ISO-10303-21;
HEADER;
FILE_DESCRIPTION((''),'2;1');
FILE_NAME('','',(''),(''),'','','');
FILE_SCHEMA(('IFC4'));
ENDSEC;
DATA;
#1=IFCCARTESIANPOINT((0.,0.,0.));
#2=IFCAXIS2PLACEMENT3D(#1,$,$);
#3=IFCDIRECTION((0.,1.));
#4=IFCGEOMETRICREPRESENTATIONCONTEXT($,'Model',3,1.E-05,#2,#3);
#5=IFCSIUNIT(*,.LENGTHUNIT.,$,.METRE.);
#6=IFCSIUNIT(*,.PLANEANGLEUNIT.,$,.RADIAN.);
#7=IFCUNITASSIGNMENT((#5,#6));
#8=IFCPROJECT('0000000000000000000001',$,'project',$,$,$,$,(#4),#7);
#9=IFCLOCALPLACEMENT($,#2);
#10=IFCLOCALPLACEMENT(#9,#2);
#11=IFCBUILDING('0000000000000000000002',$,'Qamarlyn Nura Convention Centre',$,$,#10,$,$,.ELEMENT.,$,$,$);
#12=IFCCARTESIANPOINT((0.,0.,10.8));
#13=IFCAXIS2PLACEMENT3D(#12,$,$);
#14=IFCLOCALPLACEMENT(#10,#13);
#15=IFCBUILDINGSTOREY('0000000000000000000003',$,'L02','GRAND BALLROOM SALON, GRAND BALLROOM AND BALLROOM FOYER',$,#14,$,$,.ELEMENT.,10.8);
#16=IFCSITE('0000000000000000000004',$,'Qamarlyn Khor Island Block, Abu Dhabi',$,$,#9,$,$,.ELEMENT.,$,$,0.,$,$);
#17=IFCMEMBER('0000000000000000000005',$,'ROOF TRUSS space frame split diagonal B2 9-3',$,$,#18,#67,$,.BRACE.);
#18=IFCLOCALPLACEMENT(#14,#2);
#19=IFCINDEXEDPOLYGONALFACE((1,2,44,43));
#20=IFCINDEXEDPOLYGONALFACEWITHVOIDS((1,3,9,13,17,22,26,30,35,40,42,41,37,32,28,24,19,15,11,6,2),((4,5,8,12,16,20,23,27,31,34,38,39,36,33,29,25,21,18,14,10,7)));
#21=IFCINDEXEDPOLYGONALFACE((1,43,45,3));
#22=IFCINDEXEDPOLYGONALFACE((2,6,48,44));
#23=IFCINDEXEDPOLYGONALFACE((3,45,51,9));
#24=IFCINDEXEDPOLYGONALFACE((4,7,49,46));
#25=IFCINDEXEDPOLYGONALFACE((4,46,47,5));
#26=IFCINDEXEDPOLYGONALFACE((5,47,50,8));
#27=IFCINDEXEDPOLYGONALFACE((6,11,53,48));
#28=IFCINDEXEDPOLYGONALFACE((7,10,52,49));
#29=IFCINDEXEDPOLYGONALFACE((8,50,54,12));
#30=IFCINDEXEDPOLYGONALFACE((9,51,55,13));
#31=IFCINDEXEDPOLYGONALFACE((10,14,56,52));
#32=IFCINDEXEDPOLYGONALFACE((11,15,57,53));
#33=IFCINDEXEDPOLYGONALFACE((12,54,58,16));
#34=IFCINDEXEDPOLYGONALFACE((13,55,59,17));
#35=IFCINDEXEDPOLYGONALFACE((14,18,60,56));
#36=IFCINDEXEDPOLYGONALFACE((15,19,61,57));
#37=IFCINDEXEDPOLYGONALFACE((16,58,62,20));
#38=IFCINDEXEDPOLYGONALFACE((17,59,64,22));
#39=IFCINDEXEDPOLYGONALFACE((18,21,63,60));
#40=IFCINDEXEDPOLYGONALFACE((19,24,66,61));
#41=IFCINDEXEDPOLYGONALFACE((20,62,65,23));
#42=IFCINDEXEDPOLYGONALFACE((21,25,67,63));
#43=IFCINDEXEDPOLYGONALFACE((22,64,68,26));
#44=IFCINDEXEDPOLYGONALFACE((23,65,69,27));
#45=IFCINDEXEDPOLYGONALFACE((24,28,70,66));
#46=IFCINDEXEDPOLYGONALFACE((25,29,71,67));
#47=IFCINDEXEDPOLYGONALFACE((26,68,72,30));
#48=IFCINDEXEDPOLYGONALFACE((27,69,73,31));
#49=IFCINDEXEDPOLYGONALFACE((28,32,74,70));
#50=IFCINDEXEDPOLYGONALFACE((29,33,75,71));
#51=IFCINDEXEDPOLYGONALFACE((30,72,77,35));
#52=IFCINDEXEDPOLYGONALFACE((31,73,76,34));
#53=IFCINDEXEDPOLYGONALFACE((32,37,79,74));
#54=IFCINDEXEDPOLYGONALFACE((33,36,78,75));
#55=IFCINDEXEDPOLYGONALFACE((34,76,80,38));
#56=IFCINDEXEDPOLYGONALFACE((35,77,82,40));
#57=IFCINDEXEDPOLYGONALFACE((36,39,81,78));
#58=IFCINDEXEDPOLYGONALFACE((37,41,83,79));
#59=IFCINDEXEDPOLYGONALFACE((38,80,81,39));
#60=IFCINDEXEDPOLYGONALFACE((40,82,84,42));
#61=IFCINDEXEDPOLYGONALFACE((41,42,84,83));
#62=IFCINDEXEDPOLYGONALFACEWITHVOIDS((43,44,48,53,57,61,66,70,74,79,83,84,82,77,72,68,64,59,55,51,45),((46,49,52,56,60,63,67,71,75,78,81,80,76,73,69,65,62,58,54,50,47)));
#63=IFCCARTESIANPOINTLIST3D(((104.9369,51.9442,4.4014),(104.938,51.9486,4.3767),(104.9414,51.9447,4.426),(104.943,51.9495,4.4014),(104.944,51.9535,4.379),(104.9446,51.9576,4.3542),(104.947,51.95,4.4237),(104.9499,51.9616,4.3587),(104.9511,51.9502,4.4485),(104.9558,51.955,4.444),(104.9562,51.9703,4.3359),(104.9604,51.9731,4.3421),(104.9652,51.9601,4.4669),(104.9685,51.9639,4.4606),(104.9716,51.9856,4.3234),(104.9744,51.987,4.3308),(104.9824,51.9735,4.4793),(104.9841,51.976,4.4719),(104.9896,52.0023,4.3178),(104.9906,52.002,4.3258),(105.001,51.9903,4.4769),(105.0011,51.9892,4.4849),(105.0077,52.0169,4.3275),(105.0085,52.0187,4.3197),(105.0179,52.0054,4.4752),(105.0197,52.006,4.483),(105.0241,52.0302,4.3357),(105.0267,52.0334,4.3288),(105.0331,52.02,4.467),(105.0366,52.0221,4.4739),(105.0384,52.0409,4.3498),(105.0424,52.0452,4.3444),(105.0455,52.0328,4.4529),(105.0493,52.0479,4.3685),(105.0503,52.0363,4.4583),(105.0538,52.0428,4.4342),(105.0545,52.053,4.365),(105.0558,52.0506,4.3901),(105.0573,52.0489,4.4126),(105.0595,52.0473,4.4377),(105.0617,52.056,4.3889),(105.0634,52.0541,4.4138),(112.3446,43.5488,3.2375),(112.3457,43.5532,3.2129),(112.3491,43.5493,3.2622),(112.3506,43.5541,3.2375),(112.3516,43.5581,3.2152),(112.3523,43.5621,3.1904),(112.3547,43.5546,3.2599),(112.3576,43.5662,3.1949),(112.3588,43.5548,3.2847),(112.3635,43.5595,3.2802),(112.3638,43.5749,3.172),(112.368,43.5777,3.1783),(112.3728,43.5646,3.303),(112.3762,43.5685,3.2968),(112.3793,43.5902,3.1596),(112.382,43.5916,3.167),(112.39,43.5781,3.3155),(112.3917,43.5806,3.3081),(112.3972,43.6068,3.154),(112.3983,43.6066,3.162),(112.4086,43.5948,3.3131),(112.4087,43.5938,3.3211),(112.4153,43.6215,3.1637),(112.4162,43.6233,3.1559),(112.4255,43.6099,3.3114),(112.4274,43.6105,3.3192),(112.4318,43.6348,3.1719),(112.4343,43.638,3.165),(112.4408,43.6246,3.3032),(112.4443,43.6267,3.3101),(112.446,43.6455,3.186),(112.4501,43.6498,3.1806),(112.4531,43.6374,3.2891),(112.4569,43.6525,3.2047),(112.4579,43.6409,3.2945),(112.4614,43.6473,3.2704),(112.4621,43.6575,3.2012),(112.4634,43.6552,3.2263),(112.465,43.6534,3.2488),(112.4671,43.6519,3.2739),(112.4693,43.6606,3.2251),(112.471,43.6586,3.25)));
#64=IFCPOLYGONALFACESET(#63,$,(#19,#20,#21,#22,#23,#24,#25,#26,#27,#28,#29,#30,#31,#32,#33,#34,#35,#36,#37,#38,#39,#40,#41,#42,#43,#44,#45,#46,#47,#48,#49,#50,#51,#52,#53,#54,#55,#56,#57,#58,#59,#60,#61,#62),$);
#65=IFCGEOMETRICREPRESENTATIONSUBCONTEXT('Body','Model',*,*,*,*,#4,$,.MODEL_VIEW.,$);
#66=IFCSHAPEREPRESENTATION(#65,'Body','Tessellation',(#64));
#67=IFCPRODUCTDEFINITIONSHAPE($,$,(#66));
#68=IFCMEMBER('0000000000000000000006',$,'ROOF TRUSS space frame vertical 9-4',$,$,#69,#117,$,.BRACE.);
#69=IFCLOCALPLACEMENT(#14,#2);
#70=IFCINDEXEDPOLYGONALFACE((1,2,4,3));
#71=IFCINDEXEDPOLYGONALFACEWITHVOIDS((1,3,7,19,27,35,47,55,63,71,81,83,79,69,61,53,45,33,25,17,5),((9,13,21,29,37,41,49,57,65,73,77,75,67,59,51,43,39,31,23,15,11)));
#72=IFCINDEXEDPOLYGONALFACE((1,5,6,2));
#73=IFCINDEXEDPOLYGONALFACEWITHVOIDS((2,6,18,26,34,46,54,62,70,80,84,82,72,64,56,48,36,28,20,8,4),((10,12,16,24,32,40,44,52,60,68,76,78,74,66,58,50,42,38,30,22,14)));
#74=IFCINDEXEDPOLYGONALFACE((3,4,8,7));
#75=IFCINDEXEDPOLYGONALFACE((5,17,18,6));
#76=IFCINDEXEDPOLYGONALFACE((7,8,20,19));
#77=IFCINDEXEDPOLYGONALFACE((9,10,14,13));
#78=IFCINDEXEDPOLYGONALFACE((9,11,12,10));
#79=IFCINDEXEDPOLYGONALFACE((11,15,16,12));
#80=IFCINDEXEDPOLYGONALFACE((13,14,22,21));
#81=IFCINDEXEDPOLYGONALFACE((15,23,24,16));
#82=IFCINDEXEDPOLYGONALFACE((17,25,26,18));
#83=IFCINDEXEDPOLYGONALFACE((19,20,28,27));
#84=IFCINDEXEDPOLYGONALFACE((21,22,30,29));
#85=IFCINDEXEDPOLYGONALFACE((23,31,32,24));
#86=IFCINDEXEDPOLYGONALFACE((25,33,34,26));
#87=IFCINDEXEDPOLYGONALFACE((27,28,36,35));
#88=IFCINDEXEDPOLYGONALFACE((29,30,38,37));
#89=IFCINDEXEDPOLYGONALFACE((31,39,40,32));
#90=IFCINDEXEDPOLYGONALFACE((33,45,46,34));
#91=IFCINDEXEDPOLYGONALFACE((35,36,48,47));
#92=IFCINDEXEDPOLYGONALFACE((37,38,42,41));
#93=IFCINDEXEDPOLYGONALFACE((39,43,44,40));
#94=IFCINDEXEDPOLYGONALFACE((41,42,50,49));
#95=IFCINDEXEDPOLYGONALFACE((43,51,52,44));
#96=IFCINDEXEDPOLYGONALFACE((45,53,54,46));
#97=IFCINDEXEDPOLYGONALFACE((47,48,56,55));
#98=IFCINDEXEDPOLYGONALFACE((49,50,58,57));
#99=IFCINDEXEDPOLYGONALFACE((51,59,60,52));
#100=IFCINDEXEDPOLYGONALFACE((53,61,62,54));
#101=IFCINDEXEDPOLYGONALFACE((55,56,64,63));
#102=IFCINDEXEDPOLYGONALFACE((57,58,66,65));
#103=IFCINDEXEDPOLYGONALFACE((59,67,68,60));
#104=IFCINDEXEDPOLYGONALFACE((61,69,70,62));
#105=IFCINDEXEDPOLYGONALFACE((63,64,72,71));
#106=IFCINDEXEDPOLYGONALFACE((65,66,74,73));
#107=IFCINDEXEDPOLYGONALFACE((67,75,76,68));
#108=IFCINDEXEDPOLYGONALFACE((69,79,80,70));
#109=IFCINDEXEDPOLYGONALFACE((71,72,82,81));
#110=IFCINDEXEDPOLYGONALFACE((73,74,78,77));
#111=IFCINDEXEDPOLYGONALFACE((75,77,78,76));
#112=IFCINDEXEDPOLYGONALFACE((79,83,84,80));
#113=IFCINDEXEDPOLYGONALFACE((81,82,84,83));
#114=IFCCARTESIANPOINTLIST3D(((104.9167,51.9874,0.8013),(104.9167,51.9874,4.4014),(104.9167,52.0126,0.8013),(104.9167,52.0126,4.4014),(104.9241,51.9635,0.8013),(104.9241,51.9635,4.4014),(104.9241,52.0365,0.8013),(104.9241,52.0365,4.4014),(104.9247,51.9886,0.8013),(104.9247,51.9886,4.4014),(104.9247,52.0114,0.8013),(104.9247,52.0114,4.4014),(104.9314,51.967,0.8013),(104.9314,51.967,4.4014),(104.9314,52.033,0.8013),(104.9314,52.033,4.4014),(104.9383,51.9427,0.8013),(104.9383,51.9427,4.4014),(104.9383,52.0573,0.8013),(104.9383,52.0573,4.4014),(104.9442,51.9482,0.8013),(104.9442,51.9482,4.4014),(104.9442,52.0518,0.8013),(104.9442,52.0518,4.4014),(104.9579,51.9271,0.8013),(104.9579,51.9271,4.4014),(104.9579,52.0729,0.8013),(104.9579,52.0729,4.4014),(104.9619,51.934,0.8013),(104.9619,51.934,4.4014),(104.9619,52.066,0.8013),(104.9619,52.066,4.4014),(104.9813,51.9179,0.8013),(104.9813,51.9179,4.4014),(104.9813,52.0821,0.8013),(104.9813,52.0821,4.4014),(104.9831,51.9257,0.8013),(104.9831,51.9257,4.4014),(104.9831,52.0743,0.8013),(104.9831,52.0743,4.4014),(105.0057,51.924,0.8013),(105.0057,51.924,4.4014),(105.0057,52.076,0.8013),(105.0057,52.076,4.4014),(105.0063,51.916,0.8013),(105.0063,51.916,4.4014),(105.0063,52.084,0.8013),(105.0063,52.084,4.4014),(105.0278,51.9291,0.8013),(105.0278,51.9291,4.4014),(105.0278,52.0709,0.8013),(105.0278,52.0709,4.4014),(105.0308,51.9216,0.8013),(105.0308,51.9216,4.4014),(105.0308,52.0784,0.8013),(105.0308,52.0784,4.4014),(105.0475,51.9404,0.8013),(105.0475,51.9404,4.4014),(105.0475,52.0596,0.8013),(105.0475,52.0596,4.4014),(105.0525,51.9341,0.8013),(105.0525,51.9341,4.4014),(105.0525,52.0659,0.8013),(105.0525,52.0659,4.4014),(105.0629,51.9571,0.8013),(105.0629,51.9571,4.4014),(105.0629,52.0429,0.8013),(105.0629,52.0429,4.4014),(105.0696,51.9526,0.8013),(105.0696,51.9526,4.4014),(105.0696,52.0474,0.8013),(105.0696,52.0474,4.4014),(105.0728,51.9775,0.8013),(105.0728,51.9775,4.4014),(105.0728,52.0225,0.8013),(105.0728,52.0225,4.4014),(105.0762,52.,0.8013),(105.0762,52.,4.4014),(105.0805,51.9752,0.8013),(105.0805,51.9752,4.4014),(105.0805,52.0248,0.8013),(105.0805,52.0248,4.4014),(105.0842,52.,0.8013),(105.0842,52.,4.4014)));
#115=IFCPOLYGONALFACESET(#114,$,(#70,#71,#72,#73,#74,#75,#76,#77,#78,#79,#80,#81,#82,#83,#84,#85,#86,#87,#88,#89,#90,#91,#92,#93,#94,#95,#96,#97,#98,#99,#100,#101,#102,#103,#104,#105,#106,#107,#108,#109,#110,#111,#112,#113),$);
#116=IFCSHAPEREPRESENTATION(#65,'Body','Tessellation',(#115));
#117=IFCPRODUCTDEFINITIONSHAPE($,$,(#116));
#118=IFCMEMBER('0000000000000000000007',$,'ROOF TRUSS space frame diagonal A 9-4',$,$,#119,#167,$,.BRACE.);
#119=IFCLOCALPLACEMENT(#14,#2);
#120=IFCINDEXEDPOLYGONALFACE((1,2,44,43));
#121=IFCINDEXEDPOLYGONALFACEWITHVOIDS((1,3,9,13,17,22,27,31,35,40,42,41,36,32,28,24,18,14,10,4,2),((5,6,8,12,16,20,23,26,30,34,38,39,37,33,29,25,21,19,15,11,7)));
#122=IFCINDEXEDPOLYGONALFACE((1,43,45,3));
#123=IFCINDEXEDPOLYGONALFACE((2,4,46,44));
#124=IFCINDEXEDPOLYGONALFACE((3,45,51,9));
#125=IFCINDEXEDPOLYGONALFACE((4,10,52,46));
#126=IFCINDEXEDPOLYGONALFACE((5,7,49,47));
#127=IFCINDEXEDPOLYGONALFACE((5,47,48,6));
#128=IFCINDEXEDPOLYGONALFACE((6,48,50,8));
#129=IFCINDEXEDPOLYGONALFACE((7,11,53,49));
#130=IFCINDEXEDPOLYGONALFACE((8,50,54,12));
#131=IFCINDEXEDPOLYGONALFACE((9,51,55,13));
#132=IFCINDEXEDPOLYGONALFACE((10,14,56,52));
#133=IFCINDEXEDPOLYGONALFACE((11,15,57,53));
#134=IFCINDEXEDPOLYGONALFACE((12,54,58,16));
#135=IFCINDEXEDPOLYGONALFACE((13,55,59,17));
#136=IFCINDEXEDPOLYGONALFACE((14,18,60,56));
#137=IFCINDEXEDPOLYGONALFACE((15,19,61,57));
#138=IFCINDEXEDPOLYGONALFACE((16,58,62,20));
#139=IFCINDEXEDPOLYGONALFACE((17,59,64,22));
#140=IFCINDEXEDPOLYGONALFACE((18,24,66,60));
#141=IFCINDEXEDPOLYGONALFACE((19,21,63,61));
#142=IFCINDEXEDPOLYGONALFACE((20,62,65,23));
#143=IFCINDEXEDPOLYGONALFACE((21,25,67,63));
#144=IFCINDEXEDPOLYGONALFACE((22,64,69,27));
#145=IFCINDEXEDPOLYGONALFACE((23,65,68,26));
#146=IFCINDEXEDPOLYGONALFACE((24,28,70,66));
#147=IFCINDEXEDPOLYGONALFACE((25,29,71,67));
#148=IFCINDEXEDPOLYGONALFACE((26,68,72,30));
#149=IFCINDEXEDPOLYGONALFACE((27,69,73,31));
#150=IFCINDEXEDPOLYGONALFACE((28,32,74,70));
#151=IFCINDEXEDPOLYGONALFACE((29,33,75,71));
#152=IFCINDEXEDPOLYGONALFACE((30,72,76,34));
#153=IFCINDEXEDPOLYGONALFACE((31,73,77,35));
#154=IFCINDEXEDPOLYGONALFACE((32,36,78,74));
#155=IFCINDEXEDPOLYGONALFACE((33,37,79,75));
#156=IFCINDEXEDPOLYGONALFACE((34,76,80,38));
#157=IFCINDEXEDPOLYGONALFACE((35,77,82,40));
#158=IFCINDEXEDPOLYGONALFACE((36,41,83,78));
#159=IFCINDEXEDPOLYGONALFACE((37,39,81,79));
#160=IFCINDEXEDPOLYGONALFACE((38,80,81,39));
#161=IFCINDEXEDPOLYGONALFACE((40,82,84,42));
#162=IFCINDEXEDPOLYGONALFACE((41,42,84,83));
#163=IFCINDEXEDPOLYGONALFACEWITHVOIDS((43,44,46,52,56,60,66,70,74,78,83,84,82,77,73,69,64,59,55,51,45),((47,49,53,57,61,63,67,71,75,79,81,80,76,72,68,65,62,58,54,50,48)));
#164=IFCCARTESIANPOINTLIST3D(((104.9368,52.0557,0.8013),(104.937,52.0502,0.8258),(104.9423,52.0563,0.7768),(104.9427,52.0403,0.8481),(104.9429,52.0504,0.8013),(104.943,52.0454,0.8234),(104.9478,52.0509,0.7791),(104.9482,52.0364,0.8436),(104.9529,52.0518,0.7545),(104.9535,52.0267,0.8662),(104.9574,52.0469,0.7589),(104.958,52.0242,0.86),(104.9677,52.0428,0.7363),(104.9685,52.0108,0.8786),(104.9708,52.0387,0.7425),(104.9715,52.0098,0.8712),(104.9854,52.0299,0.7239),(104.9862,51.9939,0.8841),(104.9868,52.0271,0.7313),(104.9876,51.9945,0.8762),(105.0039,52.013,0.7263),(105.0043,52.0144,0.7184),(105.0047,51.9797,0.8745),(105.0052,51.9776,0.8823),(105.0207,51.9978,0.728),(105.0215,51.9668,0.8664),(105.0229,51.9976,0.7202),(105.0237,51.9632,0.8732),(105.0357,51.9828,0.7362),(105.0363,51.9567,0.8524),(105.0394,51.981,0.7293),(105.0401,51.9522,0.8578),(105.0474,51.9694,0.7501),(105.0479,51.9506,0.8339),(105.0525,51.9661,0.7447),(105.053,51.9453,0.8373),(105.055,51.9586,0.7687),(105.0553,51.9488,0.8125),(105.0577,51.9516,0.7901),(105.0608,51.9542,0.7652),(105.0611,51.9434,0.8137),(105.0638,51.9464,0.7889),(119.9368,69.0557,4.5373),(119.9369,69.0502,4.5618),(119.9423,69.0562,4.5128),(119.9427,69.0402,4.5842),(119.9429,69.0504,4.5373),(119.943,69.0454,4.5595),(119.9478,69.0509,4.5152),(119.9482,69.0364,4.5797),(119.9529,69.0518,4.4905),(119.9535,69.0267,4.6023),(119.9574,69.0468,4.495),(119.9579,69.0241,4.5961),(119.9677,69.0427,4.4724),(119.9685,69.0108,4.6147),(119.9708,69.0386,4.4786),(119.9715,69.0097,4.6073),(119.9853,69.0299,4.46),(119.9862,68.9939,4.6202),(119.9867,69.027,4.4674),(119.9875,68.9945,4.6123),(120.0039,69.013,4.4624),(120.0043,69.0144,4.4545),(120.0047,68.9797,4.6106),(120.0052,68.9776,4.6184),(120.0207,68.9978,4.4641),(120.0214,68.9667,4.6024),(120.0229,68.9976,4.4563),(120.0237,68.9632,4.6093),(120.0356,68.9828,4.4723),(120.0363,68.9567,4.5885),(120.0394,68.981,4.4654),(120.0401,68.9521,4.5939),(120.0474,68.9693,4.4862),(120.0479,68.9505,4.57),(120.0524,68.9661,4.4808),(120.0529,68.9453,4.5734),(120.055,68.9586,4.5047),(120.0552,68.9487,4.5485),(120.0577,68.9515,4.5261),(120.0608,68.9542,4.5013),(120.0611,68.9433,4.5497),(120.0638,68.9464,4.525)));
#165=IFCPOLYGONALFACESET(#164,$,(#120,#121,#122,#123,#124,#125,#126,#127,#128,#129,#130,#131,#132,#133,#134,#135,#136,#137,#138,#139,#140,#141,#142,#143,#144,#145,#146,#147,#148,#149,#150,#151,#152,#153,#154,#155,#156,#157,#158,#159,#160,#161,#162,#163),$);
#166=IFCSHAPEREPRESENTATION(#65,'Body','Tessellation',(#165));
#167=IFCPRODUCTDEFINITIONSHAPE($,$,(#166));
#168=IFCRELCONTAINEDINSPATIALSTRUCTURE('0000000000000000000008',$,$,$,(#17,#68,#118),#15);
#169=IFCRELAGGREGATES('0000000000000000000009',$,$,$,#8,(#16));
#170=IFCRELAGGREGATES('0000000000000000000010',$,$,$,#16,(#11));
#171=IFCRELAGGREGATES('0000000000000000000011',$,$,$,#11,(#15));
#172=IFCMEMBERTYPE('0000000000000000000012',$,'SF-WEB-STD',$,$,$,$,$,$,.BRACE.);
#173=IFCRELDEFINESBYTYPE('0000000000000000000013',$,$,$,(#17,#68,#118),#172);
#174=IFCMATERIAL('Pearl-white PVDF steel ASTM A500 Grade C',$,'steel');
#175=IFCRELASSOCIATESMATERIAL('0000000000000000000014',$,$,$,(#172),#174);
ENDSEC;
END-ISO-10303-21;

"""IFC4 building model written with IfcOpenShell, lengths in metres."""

from ifc_helpers import new_model, si_unit, direction, frame, origin, origin_2d, place, context, subcontext, project, spatial, hollow_circle, extrude, material, material_profile, profile_set, type_object, element, save


model = new_model("IFC4")

# Units and contexts
model_context = context("Model", 3, precision=1e-05, world=origin(), true_north=direction((0.0, 1.0)))
body_context = subcontext(model_context, "Body", "Model", "MODEL_VIEW")
ifc_project = project(units=[si_unit("LENGTHUNIT", "METRE"), si_unit("PLANEANGLEUNIT", "RADIAN")], contexts=[model_context])

# Site, building, storey
site_placement = place(None, origin())
site = spatial("IfcSite", under=ifc_project, at=site_placement, Name="Qamarlyn Khor Island Block, Abu Dhabi", CompositionType="ELEMENT", RefElevation=0.0)
building_placement = place(site_placement, origin())
building = spatial("IfcBuilding", under=site, at=building_placement, Name="Qamarlyn Nura Convention Centre", CompositionType="ELEMENT")
storey_placement = place(building_placement, frame((0.0, 0.0, 10.8)))
storey = spatial("IfcBuildingStorey", under=building, at=storey_placement, Name="L02", Description="GRAND BALLROOM SALON, GRAND BALLROOM AND BALLROOM FOYER", CompositionType="ELEMENT", Elevation=10.8)

# Members
ifc_material_1 = material(Name="Pearl-white PVDF steel ASTM A500 Grade C", Category="steel")
ifc_material_profile_1 = material_profile(ifc_material_1, hollow_circle(Radius=0.0842, WallThickness=0.0081, at=origin_2d()), Name="CHS168.3X8")
ifc_profile_set_1 = profile_set([ifc_material_profile_1], Name="Pearl-white PVDF steel ASTM A500 Grade C")
member_type_1 = type_object("IfcMemberType", Name="SF-WEB-STD", PredefinedType="BRACE", material=ifc_profile_set_1)
member_1_placement = place(storey_placement, frame((112.4077, 43.6045, 3.2375), z_axis=(-0.658072, 0.745823, 0.103389), x_axis=(-0.749842, -0.661617, 0.0)))
element("IfcMember", 1, at=member_1_placement, inside=storey, type_object=member_type_1, Name="ROOF TRUSS space frame split diagonal B2 9-3", PredefinedType="BRACE", context=body_context, shape_type="SweptSolid", body=[
    extrude(hollow_circle(Radius=0.0842, WallThickness=0.0081, at=origin_2d()), origin(), (0.0, 0.0, 1.0), 11.2566),
])
member_2_placement = place(storey_placement, frame((105.0, 52.0, 0.8013), z_axis=(0.0, 0.0, 1.0), x_axis=(1.0, 0.0, 0.0)))
element("IfcMember", 2, at=member_2_placement, inside=storey, type_object=member_type_1, Name="ROOF TRUSS space frame vertical 9-4", PredefinedType="BRACE", context=body_context, shape_type="SweptSolid", body=[
    extrude(hollow_circle(Radius=0.0842, WallThickness=0.0081, at=origin_2d()), origin(), (0.0, 0.0, 1.0), 3.6001),
])
member_3_placement = place(storey_placement, frame((105.0, 52.0, 0.8013), z_axis=(0.652817, 0.739859, 0.162599), x_axis=(-0.749838, 0.661622, 0.0)))
element("IfcMember", 3, at=member_3_placement, inside=storey, type_object=member_type_1, Name="ROOF TRUSS space frame diagonal A 9-4", PredefinedType="BRACE", context=body_context, shape_type="SweptSolid", body=[
    extrude(hollow_circle(Radius=0.0842, WallThickness=0.0081, at=origin_2d()), origin(), (0.0, 0.0, 1.0), 22.9773),
])

save(model, "model.ifc")
